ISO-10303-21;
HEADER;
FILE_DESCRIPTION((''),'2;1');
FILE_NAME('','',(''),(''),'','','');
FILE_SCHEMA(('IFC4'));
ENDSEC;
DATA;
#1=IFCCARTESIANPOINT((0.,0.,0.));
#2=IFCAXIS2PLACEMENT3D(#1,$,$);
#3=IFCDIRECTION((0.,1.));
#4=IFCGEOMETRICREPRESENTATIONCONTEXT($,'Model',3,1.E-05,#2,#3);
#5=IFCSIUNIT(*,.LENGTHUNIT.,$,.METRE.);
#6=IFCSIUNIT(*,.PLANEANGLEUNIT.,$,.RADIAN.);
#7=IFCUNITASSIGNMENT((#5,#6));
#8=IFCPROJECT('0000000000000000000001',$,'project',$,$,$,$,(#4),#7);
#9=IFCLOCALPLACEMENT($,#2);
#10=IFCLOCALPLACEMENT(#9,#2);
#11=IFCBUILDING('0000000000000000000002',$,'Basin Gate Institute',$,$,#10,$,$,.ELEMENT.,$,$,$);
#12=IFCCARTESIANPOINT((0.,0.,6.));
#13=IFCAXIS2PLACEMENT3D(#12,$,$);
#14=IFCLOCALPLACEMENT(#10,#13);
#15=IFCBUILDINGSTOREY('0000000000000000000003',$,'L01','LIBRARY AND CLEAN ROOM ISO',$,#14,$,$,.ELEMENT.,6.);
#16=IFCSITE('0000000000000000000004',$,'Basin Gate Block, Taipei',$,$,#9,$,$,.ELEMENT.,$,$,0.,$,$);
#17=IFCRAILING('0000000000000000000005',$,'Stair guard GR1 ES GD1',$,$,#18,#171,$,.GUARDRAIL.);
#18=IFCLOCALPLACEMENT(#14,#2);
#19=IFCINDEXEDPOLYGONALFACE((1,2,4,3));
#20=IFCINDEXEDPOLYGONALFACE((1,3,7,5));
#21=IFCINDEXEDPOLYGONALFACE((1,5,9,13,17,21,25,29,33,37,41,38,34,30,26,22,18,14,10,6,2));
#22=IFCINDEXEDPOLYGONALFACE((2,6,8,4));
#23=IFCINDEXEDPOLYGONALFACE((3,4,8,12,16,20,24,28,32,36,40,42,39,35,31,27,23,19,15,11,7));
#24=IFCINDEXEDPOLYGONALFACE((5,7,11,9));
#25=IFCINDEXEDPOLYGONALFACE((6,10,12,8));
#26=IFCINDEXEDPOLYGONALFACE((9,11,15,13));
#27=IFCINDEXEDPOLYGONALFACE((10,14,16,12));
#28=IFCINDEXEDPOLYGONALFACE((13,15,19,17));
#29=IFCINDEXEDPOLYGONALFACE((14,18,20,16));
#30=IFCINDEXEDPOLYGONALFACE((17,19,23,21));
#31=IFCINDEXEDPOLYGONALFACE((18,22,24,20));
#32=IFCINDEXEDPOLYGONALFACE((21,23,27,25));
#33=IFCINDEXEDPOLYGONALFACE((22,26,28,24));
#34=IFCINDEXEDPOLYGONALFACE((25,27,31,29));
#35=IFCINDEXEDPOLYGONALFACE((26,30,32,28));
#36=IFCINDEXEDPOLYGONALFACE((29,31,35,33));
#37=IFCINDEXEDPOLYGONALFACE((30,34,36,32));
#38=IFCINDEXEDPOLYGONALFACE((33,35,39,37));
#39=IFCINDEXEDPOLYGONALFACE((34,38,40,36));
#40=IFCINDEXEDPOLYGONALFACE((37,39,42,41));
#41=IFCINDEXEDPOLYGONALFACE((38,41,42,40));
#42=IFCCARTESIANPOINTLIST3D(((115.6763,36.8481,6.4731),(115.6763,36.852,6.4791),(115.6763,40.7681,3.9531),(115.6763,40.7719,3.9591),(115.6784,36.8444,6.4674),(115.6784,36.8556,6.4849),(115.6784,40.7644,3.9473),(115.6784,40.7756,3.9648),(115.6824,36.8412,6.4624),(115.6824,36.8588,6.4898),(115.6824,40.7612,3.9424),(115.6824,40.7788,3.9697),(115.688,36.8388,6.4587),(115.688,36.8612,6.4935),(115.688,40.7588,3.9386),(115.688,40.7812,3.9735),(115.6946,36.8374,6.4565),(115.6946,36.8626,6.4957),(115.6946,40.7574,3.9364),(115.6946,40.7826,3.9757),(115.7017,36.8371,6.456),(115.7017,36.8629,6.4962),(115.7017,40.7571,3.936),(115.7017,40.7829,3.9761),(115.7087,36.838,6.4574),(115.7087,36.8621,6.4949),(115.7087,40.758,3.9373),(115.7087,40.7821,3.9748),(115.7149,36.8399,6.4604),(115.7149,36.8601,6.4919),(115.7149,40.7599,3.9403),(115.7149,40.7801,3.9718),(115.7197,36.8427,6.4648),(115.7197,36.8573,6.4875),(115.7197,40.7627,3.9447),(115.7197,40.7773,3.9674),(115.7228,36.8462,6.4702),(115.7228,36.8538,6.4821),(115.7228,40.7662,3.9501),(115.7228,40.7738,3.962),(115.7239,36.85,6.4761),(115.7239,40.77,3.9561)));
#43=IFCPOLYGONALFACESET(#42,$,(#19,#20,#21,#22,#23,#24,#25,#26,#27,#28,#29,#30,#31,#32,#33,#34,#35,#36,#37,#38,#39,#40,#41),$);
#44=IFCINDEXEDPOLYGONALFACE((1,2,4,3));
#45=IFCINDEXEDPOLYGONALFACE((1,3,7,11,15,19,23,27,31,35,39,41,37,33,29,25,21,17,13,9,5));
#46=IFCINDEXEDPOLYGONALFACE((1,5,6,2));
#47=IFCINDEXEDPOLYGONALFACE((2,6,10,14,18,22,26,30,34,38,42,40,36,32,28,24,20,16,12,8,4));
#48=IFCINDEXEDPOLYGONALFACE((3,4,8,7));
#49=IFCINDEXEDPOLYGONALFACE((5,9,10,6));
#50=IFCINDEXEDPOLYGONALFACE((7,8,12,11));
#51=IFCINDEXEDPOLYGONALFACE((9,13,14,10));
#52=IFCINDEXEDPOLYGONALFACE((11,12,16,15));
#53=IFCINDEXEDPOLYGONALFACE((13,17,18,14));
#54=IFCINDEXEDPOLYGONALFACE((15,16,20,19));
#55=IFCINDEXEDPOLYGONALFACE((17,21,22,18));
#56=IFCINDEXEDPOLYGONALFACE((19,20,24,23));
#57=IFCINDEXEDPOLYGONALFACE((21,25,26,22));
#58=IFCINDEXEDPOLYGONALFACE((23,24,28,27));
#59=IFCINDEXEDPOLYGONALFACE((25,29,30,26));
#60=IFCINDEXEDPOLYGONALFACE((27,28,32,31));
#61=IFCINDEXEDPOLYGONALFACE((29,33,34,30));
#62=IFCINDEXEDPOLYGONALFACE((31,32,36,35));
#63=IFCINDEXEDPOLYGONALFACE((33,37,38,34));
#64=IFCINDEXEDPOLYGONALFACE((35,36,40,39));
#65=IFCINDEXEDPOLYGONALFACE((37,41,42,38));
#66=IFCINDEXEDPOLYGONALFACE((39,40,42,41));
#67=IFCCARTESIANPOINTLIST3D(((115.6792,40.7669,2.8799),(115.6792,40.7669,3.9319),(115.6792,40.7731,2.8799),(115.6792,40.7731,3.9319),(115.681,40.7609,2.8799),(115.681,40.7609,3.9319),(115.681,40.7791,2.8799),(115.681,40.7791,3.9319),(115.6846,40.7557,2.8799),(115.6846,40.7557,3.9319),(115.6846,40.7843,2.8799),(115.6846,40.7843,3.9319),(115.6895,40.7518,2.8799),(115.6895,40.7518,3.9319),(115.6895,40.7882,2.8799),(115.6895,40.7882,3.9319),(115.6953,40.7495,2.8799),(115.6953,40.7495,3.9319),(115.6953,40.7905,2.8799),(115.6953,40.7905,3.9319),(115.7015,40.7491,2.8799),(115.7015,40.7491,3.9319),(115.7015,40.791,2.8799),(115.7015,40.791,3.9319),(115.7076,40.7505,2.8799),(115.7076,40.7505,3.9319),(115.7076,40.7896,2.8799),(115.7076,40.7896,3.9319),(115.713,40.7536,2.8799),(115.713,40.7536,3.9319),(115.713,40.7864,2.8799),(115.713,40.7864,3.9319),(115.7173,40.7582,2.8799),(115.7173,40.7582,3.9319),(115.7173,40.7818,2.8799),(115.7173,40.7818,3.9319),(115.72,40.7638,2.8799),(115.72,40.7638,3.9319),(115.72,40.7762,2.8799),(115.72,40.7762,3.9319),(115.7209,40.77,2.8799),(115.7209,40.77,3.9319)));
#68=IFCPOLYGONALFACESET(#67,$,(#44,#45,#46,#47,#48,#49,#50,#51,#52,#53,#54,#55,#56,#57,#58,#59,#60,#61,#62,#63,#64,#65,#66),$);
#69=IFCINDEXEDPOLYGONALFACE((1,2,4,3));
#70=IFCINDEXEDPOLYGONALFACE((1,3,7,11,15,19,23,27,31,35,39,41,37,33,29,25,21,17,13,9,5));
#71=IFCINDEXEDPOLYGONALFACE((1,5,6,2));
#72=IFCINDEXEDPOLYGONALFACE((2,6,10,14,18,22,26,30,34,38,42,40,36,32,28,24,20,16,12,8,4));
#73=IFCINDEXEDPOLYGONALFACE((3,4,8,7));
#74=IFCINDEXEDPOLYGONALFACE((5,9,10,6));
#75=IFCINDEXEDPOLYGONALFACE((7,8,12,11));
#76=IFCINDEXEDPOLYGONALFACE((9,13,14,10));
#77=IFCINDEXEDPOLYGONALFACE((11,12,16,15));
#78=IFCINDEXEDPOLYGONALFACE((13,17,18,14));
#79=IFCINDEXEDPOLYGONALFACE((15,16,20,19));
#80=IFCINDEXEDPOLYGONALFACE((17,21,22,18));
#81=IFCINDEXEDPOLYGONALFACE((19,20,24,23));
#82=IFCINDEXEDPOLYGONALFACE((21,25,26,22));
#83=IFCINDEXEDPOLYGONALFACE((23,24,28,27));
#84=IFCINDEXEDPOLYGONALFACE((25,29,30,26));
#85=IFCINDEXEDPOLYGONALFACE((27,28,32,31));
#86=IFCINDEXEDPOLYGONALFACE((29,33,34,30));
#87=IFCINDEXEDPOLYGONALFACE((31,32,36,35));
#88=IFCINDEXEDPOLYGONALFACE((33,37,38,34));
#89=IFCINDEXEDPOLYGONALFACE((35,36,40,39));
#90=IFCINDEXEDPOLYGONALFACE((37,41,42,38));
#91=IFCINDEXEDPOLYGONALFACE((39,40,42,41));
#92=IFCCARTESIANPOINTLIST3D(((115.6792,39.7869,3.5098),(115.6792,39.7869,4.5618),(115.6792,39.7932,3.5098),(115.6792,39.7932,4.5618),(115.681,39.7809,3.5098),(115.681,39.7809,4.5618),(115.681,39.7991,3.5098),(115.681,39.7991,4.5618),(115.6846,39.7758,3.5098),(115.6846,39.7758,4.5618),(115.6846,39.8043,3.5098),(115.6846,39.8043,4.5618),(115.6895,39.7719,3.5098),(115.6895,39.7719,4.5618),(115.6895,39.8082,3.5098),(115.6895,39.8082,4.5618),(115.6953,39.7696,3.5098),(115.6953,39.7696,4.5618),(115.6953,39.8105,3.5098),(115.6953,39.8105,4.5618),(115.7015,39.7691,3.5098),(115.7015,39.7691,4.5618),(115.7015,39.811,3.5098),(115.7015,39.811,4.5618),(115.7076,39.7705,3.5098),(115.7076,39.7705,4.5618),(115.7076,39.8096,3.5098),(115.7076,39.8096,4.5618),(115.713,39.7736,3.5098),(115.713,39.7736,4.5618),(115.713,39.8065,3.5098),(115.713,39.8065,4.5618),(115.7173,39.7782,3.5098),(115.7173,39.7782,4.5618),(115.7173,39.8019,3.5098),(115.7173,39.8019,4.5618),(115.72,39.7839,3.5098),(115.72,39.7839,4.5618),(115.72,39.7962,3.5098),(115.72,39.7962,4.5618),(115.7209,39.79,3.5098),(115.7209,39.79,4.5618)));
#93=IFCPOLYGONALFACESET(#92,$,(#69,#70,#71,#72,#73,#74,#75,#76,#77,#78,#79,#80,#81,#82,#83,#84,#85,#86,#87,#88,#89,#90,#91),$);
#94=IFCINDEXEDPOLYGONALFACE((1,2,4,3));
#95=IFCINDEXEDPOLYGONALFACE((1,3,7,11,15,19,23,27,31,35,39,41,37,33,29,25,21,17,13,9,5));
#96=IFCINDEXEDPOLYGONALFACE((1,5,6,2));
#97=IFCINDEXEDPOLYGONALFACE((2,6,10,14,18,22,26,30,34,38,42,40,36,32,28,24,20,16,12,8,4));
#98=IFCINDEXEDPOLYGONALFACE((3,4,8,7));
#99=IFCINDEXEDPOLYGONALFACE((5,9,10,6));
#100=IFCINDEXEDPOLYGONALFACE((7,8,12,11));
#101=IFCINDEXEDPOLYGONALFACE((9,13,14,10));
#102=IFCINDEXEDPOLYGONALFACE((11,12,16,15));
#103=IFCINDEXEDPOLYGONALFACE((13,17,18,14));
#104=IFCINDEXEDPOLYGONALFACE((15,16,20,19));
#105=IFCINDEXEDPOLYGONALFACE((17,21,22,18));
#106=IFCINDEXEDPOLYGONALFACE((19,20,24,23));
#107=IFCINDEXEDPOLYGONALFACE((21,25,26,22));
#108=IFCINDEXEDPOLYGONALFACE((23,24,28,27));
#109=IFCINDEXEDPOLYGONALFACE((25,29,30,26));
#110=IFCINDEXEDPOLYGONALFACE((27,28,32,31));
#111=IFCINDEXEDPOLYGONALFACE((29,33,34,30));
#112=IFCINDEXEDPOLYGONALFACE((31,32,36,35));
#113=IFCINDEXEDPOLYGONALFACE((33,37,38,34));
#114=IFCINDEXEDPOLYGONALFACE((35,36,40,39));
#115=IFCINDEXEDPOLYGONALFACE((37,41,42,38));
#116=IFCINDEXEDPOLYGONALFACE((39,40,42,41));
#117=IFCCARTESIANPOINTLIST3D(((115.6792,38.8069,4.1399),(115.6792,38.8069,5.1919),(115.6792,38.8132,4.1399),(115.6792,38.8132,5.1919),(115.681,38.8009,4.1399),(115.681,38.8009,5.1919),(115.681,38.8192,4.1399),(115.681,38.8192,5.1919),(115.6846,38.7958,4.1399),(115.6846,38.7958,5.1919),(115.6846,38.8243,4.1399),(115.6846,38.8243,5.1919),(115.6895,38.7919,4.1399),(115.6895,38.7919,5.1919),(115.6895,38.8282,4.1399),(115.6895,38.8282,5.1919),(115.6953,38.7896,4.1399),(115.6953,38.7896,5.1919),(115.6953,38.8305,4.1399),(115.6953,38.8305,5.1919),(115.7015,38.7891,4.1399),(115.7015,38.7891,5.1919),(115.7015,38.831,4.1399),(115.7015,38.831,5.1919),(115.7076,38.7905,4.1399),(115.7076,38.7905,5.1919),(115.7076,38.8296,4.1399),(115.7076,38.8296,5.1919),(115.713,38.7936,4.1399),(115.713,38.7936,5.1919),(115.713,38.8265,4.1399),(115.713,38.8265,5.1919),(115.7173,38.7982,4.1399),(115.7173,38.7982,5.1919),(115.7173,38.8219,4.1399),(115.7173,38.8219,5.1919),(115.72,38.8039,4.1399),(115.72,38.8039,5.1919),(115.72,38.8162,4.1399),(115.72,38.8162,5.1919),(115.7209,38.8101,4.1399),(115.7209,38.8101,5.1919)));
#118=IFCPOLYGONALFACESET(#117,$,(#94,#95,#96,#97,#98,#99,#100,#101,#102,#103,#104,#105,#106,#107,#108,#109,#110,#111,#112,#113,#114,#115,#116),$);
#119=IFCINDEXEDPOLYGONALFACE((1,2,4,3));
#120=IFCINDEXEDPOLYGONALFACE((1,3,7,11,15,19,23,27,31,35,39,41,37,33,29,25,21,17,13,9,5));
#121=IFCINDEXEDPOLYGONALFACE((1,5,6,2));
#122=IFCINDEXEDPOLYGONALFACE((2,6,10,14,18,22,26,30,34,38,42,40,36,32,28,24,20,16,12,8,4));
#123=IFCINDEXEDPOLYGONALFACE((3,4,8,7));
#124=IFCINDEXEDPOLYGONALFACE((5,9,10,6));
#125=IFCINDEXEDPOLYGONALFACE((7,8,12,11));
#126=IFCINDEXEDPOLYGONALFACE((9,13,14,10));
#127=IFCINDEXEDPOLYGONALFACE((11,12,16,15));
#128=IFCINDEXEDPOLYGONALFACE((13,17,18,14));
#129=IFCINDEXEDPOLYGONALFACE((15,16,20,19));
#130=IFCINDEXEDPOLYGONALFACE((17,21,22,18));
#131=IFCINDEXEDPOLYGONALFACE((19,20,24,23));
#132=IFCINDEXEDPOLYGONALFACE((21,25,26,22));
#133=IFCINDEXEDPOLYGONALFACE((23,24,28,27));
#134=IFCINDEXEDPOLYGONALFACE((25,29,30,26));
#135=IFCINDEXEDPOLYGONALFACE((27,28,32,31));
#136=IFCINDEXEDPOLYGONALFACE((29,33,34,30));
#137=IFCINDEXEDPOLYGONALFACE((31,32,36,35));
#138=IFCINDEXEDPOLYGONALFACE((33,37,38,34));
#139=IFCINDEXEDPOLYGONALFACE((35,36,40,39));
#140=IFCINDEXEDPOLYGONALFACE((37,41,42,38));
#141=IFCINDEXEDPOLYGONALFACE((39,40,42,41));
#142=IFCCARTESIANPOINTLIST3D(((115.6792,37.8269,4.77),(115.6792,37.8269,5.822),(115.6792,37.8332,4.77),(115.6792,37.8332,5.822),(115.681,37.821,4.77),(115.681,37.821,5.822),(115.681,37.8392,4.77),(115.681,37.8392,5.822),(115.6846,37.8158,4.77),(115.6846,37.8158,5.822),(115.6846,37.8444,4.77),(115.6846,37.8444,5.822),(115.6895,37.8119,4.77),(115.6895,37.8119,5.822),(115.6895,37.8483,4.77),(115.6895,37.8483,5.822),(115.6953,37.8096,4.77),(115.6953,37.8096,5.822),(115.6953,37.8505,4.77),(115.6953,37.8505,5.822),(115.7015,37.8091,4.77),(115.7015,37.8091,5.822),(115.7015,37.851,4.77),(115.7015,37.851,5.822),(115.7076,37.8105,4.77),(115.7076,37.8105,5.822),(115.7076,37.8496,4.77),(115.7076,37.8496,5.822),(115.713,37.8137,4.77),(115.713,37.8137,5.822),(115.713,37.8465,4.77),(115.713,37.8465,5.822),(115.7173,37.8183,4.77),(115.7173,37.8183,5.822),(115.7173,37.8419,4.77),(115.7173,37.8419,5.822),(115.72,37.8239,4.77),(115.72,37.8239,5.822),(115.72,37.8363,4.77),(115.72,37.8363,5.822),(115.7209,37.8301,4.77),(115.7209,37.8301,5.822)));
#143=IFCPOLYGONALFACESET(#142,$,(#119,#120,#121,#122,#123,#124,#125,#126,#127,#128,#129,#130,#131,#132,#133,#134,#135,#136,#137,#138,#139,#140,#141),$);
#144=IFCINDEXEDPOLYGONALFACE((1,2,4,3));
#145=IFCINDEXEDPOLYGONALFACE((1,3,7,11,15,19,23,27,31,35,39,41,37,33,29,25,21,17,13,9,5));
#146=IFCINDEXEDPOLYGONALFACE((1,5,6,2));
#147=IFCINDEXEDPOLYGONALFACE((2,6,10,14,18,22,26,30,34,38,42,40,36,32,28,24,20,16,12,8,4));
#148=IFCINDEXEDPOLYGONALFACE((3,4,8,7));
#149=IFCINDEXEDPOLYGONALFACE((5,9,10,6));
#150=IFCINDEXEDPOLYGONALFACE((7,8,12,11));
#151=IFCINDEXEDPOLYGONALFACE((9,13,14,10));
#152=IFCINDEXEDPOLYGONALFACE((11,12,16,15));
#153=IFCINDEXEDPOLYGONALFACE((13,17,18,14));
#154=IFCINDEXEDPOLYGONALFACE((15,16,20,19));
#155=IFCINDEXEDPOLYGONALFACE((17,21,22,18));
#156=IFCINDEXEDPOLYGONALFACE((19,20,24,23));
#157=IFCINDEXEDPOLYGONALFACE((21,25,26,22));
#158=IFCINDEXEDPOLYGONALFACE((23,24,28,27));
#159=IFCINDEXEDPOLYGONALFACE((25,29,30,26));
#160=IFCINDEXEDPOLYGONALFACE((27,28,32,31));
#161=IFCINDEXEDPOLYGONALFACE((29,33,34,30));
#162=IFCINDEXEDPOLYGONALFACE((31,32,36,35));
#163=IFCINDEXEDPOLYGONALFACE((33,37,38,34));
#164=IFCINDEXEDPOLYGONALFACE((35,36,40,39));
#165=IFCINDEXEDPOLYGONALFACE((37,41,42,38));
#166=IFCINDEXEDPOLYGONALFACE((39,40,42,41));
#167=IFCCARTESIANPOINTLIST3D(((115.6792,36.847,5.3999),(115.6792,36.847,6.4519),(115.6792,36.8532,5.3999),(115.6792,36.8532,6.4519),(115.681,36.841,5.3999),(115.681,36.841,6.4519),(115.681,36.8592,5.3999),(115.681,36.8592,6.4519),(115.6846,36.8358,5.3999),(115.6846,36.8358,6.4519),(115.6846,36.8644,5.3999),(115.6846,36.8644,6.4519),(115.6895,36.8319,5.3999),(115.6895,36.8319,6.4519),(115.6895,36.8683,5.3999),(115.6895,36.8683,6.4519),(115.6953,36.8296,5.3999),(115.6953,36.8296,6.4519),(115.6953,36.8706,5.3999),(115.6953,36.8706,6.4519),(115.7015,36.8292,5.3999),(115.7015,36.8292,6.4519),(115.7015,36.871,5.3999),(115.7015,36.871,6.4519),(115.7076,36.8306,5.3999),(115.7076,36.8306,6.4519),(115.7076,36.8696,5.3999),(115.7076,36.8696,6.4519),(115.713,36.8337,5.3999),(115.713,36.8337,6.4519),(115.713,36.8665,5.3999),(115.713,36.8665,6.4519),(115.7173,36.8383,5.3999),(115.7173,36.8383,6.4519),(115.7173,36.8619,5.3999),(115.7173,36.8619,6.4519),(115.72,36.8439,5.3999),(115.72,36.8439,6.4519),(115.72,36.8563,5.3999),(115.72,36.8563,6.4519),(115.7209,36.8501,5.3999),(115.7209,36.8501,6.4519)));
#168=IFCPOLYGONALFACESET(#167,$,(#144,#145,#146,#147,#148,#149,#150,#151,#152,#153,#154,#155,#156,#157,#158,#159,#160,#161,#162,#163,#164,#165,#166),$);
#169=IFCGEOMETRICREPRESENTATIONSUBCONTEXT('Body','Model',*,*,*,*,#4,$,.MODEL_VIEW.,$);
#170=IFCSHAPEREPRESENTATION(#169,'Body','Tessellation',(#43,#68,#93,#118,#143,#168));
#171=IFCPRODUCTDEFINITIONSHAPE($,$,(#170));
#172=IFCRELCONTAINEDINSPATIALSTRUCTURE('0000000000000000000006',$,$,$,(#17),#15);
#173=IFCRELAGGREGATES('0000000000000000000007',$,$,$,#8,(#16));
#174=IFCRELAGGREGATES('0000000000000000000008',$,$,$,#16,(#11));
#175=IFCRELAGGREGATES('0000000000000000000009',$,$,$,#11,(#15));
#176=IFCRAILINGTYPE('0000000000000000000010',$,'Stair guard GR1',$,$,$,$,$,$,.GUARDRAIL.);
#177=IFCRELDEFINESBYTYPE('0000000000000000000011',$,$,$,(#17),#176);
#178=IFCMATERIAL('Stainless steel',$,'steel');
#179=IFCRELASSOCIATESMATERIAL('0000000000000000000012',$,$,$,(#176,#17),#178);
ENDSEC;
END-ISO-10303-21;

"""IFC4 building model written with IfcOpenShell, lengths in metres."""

from ifc_helpers import new_model, si_unit, direction, frame, origin, origin_2d, place, context, subcontext, project, spatial, circle, extrude, material, type_object, element, save


model = new_model("IFC4")

# Units and contexts
model_context = context("Model", 3, precision=1e-05, world=origin(), true_north=direction((0.0, 1.0)))
body_context = subcontext(model_context, "Body", "Model", "MODEL_VIEW")
ifc_project = project(units=[si_unit("LENGTHUNIT", "METRE"), si_unit("PLANEANGLEUNIT", "RADIAN")], contexts=[model_context])

# Site, building, storey
site_placement = place(None, origin())
site = spatial("IfcSite", under=ifc_project, at=site_placement, Name="Basin Gate Block, Taipei", CompositionType="ELEMENT", RefElevation=0.0)
building_placement = place(site_placement, origin())
building = spatial("IfcBuilding", under=site, at=building_placement, Name="Basin Gate Institute", CompositionType="ELEMENT")
storey_placement = place(building_placement, frame((0.0, 0.0, 6.0)))
storey = spatial("IfcBuildingStorey", under=building, at=storey_placement, Name="L01", Description="LIBRARY AND CLEAN ROOM ISO", CompositionType="ELEMENT", Elevation=6.0)

# Railing
ifc_material_1 = material(Name="Stainless steel", Category="steel")
railing_type_1 = type_object("IfcRailingType", Name="Stair guard GR1", PredefinedType="GUARDRAIL", material=ifc_material_1)
railing_1_placement = place(storey_placement, frame((115.7, 40.77, 2.8799)))
element("IfcRailing", 1, at=railing_1_placement, inside=storey, type_object=railing_type_1, material=ifc_material_1, Name="Stair guard GR1 ES GD1", PredefinedType="GUARDRAIL", context=body_context, shape_type="SweptSolid", body=[
    extrude(circle(Radius=0.0239, at=origin_2d()), frame((0.0, 0.0, 1.0762), z_axis=(0.0, -0.841172, 0.540768), x_axis=(1.0, 0.0, 0.0)), (0.0, 0.0, 1.0), 4.6602),
    extrude(circle(Radius=0.021, at=origin_2d()), origin(), (0.0, 0.0, 1.0), 1.052),
    extrude(circle(Radius=0.021, at=origin_2d()), frame((0.0, -0.98, 0.6299)), (0.0, 0.0, 1.0), 1.052),
    extrude(circle(Radius=0.021, at=origin_2d()), frame((0.0, -1.96, 1.26)), (0.0, 0.0, 1.0), 1.052),
    extrude(circle(Radius=0.021, at=origin_2d()), frame((0.0, -2.9399, 1.8901)), (0.0, 0.0, 1.0), 1.052),
    extrude(circle(Radius=0.021, at=origin_2d()), frame((0.0, -3.9199, 2.52)), (0.0, 0.0, 1.0), 1.052),
])

save(model, "model.ifc")
